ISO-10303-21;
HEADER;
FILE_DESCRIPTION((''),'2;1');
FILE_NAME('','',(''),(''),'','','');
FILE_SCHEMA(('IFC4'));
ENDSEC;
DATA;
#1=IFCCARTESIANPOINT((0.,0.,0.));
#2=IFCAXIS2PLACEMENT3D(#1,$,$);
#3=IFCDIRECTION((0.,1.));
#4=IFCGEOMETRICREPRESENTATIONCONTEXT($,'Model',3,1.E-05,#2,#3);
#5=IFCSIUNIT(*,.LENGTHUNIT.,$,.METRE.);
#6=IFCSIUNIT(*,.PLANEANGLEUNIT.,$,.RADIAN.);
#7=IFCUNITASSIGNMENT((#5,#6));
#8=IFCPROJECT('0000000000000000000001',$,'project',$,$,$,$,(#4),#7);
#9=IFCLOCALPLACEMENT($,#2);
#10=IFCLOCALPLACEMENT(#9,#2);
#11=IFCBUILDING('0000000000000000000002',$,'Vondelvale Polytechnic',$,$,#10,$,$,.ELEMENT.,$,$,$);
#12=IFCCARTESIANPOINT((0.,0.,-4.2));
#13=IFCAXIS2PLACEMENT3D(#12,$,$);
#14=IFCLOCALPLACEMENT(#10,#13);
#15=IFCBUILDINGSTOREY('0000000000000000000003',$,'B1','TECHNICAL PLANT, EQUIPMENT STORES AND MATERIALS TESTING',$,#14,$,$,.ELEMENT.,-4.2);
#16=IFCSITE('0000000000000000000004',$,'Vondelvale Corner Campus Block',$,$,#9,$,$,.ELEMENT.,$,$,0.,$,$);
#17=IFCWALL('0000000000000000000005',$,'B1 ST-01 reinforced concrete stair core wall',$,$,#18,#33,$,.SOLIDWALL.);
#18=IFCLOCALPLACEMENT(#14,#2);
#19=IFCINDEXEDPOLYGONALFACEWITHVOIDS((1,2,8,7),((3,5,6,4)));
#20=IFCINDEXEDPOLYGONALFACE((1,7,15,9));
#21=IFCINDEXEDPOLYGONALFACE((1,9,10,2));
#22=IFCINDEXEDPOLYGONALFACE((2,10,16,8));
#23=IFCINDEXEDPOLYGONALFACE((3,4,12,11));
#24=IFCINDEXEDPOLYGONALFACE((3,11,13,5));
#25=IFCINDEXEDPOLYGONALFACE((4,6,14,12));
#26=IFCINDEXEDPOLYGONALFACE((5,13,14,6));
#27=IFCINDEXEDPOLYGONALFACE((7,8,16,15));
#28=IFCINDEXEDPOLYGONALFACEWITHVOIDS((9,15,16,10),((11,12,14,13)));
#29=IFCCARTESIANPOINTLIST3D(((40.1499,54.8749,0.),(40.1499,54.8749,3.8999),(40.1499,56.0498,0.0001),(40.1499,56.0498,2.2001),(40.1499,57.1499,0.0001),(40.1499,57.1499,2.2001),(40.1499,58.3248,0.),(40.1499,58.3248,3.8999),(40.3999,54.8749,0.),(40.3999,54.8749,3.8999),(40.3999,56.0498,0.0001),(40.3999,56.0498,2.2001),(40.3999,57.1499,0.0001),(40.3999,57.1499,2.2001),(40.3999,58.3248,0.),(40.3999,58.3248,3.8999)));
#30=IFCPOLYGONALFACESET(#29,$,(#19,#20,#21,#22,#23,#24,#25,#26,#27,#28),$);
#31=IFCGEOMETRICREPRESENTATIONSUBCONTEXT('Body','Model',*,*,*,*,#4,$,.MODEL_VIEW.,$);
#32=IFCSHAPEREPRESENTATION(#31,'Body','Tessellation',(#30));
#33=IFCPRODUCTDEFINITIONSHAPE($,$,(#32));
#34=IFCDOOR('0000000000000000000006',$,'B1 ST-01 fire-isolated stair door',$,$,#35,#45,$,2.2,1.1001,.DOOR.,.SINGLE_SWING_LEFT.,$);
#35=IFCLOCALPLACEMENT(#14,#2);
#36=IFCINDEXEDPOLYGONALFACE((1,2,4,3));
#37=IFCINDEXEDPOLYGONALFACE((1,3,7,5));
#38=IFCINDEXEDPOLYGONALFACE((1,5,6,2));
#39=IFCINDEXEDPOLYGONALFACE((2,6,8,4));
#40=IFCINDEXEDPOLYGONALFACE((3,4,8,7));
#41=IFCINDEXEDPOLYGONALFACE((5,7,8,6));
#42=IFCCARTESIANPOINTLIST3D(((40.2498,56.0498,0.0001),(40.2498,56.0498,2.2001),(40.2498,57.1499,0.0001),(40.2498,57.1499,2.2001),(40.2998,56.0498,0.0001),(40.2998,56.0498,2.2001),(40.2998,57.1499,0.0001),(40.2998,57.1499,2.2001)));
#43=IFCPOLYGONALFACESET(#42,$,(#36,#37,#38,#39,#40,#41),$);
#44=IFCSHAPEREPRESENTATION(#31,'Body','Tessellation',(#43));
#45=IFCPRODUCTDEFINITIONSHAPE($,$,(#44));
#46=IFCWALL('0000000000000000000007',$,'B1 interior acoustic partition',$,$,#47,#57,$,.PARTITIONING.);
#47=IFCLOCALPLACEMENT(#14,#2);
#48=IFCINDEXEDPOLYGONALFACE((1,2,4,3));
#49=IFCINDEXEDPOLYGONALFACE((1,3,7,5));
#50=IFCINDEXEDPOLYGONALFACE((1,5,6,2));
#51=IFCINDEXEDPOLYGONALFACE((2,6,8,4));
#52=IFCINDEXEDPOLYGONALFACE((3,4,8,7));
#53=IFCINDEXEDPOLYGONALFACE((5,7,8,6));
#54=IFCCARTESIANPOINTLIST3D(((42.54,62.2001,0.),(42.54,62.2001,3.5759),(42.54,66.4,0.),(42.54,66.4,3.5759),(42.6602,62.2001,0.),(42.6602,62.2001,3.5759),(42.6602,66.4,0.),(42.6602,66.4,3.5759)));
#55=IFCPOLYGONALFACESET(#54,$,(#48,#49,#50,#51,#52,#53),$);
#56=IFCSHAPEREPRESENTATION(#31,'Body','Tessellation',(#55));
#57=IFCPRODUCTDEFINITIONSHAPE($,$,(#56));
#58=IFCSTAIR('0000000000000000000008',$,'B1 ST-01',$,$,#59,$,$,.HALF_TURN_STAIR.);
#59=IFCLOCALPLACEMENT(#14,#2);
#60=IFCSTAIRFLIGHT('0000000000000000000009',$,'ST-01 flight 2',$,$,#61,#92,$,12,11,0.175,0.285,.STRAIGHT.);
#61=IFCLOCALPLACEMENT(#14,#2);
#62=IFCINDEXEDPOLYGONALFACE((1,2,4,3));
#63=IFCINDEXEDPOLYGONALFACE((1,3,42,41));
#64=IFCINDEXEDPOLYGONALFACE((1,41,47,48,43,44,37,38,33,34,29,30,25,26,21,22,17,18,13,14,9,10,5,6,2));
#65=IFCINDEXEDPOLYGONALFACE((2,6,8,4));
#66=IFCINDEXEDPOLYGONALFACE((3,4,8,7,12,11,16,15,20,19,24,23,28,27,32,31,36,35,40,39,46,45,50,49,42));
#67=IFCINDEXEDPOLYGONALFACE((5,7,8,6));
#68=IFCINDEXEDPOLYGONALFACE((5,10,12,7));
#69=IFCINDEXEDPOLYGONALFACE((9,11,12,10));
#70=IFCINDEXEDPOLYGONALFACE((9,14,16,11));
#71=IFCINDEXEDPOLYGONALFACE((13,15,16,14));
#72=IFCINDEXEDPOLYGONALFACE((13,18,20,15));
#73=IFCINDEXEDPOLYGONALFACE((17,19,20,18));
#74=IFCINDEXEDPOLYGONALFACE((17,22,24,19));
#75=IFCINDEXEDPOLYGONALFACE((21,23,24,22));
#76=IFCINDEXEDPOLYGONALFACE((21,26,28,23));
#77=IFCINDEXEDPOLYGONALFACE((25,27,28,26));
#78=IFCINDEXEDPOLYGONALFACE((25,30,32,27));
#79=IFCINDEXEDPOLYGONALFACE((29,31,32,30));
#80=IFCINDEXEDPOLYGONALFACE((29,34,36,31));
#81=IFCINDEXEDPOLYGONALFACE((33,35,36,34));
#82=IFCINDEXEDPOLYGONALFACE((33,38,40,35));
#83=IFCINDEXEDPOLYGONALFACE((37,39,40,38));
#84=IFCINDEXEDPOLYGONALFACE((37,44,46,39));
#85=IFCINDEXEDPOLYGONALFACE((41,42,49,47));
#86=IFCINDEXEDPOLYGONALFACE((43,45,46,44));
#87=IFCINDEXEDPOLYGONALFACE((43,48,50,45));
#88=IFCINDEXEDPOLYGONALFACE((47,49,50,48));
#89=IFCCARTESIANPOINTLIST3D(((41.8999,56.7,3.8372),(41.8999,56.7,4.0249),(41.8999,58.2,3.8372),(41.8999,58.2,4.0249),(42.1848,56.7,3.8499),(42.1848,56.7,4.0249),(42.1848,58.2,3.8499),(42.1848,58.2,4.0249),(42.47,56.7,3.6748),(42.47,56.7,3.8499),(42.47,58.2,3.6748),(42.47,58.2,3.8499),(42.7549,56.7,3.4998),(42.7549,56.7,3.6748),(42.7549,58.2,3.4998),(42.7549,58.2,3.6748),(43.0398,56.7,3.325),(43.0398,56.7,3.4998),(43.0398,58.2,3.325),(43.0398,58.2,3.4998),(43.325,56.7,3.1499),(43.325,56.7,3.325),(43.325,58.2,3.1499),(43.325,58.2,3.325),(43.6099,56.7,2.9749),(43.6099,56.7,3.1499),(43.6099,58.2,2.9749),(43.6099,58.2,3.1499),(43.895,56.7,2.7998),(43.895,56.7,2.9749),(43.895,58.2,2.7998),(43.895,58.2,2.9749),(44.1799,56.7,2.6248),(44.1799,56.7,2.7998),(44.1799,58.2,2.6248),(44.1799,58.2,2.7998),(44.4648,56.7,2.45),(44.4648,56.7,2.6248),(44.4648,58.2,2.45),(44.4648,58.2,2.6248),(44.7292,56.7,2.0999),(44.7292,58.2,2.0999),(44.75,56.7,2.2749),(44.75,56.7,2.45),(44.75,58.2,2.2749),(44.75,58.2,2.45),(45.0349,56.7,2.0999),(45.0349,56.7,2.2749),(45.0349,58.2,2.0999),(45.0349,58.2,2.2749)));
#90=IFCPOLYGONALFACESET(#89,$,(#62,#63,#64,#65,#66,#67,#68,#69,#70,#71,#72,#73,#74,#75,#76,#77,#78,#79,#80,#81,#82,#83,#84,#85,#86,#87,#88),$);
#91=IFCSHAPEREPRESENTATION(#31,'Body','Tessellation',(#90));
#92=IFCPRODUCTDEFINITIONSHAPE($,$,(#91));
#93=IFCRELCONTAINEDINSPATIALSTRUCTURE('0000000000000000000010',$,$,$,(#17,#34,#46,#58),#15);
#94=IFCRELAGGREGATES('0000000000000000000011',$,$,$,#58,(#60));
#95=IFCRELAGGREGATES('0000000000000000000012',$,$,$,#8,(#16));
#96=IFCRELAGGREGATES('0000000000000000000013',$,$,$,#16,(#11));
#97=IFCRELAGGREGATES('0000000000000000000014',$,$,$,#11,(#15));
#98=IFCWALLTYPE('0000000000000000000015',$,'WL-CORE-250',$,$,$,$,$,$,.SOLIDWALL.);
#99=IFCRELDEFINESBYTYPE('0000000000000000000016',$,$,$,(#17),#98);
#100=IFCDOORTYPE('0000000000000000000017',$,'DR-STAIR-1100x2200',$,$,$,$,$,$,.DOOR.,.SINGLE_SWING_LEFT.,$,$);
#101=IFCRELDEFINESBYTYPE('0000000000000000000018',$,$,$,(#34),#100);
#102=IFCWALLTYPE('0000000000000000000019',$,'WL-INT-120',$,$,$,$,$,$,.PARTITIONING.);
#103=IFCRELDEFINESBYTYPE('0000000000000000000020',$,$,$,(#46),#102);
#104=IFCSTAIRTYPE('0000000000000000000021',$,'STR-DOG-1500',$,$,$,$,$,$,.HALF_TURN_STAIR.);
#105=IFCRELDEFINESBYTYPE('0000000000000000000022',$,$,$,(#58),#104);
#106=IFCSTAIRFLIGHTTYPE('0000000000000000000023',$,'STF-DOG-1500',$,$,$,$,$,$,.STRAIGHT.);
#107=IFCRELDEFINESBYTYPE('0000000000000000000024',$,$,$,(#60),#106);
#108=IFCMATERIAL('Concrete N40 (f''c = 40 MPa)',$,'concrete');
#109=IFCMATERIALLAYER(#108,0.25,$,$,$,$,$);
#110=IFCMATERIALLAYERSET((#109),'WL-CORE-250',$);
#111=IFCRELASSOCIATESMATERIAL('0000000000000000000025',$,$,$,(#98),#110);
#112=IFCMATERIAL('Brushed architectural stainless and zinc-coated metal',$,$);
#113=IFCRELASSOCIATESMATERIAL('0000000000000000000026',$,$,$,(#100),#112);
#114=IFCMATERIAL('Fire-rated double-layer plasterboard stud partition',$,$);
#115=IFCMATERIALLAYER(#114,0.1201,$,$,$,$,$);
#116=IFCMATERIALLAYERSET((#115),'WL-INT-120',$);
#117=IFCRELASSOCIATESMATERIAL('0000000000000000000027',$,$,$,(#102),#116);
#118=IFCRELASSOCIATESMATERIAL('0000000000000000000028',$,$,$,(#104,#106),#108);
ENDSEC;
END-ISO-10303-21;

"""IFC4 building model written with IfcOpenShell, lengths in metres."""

from ifc_helpers import new_model, si_unit, direction, frame, frame_2d, origin, place, context, subcontext, project, spatial, polyline, rectangle, outline, extrude, material, layer, layer_set, type_object, element, fill, aggregate, save


model = new_model("IFC4")

# Units and contexts
model_context = context("Model", 3, precision=1e-05, world=origin(), true_north=direction((0.0, 1.0)))
body_context = subcontext(model_context, "Body", "Model", "MODEL_VIEW")
ifc_project = project(units=[si_unit("LENGTHUNIT", "METRE"), si_unit("PLANEANGLEUNIT", "RADIAN")], contexts=[model_context])

# Site, building, storey
site_placement = place(None, origin())
site = spatial("IfcSite", under=ifc_project, at=site_placement, Name="Vondelvale Corner Campus Block", CompositionType="ELEMENT", RefElevation=0.0)
building_placement = place(site_placement, origin())
building = spatial("IfcBuilding", under=site, at=building_placement, Name="Vondelvale Polytechnic", CompositionType="ELEMENT")
storey_placement = place(building_placement, frame((0.0, 0.0, -4.2)))
storey = spatial("IfcBuildingStorey", under=building, at=storey_placement, Name="B1", Description="TECHNICAL PLANT, EQUIPMENT STORES AND MATERIALS TESTING", CompositionType="ELEMENT", Elevation=-4.2)

# Shared definitions
ifc_material_1 = material(Name="Concrete N40 (f'c = 40 MPa)", Category="concrete")

# Shared definitions
ifc_layer_1 = layer(ifc_material_1, 0.25)
ifc_layer_set_1 = layer_set([ifc_layer_1], Name="WL-CORE-250")
wall_type_1 = type_object("IfcWallType", Name="WL-CORE-250", PredefinedType="SOLIDWALL", material=ifc_layer_set_1)

# Wall, opening, door
wall_1_placement = place(storey_placement, frame((40.2749, 58.325, 0.0), z_axis=(0.0, 0.0, 1.0), x_axis=(0.0, -1.0, 0.0)))
wall_1 = element("IfcWall", 1, at=wall_1_placement, inside=storey, type_object=wall_type_1, Name="B1 ST-01 reinforced concrete stair core wall", PredefinedType="SOLIDWALL", context=body_context, shape_type="SweptSolid", body=[
    extrude(rectangle(XDim=3.45, YDim=0.25, at=frame_2d((1.7251, 0.0))), origin(), (0.0, 0.0, 1.0), 3.8999),
])
opening_placement = place(wall_1_placement, frame((1.175, 0.0, 0.0)))
opening = element("IfcOpeningElement", 2, at=opening_placement, cuts=wall_1, PredefinedType="OPENING", context=body_context, shape_type="SweptSolid", body=[
    extrude(rectangle(XDim=1.1001, YDim=2.2, at=frame_2d((0.55, 1.1001))), frame((0.0, 0.135, 0.0), z_axis=(0.0, -1.0, 0.0), x_axis=(1.0, 0.0, 0.0)), (0.0, 0.0, 1.0), 0.27),
])
ifc_material_2 = material(Name="Brushed architectural stainless and zinc-coated metal")
door_type = type_object("IfcDoorType", Name="DR-STAIR-1100x2200", OperationType="SINGLE_SWING_LEFT", PredefinedType="DOOR", material=ifc_material_2)
door_placement = place(opening_placement, origin())
door = element("IfcDoor", 3, at=door_placement, inside=storey, type_object=door_type, Name="B1 ST-01 fire-isolated stair door", OperationType="SINGLE_SWING_LEFT", OverallHeight=2.2, OverallWidth=1.1001, PredefinedType="DOOR", context=body_context, shape_type="SweptSolid", body=[
    extrude(rectangle(XDim=1.1001, YDim=2.2, at=frame_2d((0.55, 1.1001))), frame((0.0, 0.0249, 0.0), z_axis=(0.0, -1.0, 0.0), x_axis=(1.0, 0.0, 0.0)), (0.0, 0.0, 1.0), 0.05),
])
fill(opening, door)

# Wall
ifc_material_3 = material(Name="Fire-rated double-layer plasterboard stud partition")
ifc_layer_2 = layer(ifc_material_3, 0.1201)
ifc_layer_set_2 = layer_set([ifc_layer_2], Name="WL-INT-120")
wall_type_2 = type_object("IfcWallType", Name="WL-INT-120", PredefinedType="PARTITIONING", material=ifc_layer_set_2)
wall_2_placement = place(storey_placement, frame((42.6001, 62.2, 0.0), z_axis=(0.0, 0.0, 1.0), x_axis=(0.0, 1.0, 0.0)))
element("IfcWall", 4, at=wall_2_placement, inside=storey, type_object=wall_type_2, Name="B1 interior acoustic partition", PredefinedType="PARTITIONING", context=body_context, shape_type="SweptSolid", body=[
    extrude(rectangle(XDim=4.2, YDim=0.1201, at=frame_2d((2.1001, 0.0))), origin(), (0.0, 0.0, 1.0), 3.5759),
])

# Stair, stair flight
stair_type = type_object("IfcStairType", Name="STR-DOG-1500", PredefinedType="HALF_TURN_STAIR", material=ifc_material_1)
stair_placement = place(storey_placement, origin())
stair = element("IfcStair", 5, at=stair_placement, inside=storey, type_object=stair_type, Name="B1 ST-01", PredefinedType="HALF_TURN_STAIR")
stair_flight_type = type_object("IfcStairFlightType", Name="STF-DOG-1500", PredefinedType="STRAIGHT", material=ifc_material_1)
stair_flight_placement = place(storey_placement, frame((45.0349, 57.45, 2.0999), z_axis=(0.0, 0.0, 1.0), x_axis=(-1.0, 0.0, 0.0)))
stair_flight = element("IfcStairFlight", 6, at=stair_flight_placement, type_object=stair_flight_type, Name="ST-01 flight 2", NumberOfRisers=12, NumberOfTreads=11, PredefinedType="STRAIGHT", RiserHeight=0.175, TreadLength=0.285, context=body_context, shape_type="SweptSolid", body=[
    extrude(outline(polyline([(0.0, 0.0), (0.0, 0.175), (0.2849, 0.175), (0.2849, 0.3501), (0.5701, 0.3501), (0.5701, 0.5249), (0.855, 0.5249), (0.855, 0.7), (1.1399, 0.7), (1.1399, 0.875), (1.425, 0.875), (1.425, 1.05), (1.71, 1.05), (1.71, 1.2251), (1.9951, 1.2251), (1.9951, 1.3999), (2.28, 1.3999), (2.28, 1.575), (2.5649, 1.575), (2.5649, 1.75), (2.8501, 1.75), (2.8501, 1.925), (3.135, 1.925), (3.135, 2.1001), (3.135, 1.7373), (0.3057, 0.0), (0.0, 0.0)])), frame((0.0, 0.75, 0.0), z_axis=(0.0, -1.0, 0.0), x_axis=(1.0, 0.0, 0.0)), (0.0, 0.0, 1.0), 1.5),
])
aggregate(stair, [stair_flight])

save(model, "model.ifc")
